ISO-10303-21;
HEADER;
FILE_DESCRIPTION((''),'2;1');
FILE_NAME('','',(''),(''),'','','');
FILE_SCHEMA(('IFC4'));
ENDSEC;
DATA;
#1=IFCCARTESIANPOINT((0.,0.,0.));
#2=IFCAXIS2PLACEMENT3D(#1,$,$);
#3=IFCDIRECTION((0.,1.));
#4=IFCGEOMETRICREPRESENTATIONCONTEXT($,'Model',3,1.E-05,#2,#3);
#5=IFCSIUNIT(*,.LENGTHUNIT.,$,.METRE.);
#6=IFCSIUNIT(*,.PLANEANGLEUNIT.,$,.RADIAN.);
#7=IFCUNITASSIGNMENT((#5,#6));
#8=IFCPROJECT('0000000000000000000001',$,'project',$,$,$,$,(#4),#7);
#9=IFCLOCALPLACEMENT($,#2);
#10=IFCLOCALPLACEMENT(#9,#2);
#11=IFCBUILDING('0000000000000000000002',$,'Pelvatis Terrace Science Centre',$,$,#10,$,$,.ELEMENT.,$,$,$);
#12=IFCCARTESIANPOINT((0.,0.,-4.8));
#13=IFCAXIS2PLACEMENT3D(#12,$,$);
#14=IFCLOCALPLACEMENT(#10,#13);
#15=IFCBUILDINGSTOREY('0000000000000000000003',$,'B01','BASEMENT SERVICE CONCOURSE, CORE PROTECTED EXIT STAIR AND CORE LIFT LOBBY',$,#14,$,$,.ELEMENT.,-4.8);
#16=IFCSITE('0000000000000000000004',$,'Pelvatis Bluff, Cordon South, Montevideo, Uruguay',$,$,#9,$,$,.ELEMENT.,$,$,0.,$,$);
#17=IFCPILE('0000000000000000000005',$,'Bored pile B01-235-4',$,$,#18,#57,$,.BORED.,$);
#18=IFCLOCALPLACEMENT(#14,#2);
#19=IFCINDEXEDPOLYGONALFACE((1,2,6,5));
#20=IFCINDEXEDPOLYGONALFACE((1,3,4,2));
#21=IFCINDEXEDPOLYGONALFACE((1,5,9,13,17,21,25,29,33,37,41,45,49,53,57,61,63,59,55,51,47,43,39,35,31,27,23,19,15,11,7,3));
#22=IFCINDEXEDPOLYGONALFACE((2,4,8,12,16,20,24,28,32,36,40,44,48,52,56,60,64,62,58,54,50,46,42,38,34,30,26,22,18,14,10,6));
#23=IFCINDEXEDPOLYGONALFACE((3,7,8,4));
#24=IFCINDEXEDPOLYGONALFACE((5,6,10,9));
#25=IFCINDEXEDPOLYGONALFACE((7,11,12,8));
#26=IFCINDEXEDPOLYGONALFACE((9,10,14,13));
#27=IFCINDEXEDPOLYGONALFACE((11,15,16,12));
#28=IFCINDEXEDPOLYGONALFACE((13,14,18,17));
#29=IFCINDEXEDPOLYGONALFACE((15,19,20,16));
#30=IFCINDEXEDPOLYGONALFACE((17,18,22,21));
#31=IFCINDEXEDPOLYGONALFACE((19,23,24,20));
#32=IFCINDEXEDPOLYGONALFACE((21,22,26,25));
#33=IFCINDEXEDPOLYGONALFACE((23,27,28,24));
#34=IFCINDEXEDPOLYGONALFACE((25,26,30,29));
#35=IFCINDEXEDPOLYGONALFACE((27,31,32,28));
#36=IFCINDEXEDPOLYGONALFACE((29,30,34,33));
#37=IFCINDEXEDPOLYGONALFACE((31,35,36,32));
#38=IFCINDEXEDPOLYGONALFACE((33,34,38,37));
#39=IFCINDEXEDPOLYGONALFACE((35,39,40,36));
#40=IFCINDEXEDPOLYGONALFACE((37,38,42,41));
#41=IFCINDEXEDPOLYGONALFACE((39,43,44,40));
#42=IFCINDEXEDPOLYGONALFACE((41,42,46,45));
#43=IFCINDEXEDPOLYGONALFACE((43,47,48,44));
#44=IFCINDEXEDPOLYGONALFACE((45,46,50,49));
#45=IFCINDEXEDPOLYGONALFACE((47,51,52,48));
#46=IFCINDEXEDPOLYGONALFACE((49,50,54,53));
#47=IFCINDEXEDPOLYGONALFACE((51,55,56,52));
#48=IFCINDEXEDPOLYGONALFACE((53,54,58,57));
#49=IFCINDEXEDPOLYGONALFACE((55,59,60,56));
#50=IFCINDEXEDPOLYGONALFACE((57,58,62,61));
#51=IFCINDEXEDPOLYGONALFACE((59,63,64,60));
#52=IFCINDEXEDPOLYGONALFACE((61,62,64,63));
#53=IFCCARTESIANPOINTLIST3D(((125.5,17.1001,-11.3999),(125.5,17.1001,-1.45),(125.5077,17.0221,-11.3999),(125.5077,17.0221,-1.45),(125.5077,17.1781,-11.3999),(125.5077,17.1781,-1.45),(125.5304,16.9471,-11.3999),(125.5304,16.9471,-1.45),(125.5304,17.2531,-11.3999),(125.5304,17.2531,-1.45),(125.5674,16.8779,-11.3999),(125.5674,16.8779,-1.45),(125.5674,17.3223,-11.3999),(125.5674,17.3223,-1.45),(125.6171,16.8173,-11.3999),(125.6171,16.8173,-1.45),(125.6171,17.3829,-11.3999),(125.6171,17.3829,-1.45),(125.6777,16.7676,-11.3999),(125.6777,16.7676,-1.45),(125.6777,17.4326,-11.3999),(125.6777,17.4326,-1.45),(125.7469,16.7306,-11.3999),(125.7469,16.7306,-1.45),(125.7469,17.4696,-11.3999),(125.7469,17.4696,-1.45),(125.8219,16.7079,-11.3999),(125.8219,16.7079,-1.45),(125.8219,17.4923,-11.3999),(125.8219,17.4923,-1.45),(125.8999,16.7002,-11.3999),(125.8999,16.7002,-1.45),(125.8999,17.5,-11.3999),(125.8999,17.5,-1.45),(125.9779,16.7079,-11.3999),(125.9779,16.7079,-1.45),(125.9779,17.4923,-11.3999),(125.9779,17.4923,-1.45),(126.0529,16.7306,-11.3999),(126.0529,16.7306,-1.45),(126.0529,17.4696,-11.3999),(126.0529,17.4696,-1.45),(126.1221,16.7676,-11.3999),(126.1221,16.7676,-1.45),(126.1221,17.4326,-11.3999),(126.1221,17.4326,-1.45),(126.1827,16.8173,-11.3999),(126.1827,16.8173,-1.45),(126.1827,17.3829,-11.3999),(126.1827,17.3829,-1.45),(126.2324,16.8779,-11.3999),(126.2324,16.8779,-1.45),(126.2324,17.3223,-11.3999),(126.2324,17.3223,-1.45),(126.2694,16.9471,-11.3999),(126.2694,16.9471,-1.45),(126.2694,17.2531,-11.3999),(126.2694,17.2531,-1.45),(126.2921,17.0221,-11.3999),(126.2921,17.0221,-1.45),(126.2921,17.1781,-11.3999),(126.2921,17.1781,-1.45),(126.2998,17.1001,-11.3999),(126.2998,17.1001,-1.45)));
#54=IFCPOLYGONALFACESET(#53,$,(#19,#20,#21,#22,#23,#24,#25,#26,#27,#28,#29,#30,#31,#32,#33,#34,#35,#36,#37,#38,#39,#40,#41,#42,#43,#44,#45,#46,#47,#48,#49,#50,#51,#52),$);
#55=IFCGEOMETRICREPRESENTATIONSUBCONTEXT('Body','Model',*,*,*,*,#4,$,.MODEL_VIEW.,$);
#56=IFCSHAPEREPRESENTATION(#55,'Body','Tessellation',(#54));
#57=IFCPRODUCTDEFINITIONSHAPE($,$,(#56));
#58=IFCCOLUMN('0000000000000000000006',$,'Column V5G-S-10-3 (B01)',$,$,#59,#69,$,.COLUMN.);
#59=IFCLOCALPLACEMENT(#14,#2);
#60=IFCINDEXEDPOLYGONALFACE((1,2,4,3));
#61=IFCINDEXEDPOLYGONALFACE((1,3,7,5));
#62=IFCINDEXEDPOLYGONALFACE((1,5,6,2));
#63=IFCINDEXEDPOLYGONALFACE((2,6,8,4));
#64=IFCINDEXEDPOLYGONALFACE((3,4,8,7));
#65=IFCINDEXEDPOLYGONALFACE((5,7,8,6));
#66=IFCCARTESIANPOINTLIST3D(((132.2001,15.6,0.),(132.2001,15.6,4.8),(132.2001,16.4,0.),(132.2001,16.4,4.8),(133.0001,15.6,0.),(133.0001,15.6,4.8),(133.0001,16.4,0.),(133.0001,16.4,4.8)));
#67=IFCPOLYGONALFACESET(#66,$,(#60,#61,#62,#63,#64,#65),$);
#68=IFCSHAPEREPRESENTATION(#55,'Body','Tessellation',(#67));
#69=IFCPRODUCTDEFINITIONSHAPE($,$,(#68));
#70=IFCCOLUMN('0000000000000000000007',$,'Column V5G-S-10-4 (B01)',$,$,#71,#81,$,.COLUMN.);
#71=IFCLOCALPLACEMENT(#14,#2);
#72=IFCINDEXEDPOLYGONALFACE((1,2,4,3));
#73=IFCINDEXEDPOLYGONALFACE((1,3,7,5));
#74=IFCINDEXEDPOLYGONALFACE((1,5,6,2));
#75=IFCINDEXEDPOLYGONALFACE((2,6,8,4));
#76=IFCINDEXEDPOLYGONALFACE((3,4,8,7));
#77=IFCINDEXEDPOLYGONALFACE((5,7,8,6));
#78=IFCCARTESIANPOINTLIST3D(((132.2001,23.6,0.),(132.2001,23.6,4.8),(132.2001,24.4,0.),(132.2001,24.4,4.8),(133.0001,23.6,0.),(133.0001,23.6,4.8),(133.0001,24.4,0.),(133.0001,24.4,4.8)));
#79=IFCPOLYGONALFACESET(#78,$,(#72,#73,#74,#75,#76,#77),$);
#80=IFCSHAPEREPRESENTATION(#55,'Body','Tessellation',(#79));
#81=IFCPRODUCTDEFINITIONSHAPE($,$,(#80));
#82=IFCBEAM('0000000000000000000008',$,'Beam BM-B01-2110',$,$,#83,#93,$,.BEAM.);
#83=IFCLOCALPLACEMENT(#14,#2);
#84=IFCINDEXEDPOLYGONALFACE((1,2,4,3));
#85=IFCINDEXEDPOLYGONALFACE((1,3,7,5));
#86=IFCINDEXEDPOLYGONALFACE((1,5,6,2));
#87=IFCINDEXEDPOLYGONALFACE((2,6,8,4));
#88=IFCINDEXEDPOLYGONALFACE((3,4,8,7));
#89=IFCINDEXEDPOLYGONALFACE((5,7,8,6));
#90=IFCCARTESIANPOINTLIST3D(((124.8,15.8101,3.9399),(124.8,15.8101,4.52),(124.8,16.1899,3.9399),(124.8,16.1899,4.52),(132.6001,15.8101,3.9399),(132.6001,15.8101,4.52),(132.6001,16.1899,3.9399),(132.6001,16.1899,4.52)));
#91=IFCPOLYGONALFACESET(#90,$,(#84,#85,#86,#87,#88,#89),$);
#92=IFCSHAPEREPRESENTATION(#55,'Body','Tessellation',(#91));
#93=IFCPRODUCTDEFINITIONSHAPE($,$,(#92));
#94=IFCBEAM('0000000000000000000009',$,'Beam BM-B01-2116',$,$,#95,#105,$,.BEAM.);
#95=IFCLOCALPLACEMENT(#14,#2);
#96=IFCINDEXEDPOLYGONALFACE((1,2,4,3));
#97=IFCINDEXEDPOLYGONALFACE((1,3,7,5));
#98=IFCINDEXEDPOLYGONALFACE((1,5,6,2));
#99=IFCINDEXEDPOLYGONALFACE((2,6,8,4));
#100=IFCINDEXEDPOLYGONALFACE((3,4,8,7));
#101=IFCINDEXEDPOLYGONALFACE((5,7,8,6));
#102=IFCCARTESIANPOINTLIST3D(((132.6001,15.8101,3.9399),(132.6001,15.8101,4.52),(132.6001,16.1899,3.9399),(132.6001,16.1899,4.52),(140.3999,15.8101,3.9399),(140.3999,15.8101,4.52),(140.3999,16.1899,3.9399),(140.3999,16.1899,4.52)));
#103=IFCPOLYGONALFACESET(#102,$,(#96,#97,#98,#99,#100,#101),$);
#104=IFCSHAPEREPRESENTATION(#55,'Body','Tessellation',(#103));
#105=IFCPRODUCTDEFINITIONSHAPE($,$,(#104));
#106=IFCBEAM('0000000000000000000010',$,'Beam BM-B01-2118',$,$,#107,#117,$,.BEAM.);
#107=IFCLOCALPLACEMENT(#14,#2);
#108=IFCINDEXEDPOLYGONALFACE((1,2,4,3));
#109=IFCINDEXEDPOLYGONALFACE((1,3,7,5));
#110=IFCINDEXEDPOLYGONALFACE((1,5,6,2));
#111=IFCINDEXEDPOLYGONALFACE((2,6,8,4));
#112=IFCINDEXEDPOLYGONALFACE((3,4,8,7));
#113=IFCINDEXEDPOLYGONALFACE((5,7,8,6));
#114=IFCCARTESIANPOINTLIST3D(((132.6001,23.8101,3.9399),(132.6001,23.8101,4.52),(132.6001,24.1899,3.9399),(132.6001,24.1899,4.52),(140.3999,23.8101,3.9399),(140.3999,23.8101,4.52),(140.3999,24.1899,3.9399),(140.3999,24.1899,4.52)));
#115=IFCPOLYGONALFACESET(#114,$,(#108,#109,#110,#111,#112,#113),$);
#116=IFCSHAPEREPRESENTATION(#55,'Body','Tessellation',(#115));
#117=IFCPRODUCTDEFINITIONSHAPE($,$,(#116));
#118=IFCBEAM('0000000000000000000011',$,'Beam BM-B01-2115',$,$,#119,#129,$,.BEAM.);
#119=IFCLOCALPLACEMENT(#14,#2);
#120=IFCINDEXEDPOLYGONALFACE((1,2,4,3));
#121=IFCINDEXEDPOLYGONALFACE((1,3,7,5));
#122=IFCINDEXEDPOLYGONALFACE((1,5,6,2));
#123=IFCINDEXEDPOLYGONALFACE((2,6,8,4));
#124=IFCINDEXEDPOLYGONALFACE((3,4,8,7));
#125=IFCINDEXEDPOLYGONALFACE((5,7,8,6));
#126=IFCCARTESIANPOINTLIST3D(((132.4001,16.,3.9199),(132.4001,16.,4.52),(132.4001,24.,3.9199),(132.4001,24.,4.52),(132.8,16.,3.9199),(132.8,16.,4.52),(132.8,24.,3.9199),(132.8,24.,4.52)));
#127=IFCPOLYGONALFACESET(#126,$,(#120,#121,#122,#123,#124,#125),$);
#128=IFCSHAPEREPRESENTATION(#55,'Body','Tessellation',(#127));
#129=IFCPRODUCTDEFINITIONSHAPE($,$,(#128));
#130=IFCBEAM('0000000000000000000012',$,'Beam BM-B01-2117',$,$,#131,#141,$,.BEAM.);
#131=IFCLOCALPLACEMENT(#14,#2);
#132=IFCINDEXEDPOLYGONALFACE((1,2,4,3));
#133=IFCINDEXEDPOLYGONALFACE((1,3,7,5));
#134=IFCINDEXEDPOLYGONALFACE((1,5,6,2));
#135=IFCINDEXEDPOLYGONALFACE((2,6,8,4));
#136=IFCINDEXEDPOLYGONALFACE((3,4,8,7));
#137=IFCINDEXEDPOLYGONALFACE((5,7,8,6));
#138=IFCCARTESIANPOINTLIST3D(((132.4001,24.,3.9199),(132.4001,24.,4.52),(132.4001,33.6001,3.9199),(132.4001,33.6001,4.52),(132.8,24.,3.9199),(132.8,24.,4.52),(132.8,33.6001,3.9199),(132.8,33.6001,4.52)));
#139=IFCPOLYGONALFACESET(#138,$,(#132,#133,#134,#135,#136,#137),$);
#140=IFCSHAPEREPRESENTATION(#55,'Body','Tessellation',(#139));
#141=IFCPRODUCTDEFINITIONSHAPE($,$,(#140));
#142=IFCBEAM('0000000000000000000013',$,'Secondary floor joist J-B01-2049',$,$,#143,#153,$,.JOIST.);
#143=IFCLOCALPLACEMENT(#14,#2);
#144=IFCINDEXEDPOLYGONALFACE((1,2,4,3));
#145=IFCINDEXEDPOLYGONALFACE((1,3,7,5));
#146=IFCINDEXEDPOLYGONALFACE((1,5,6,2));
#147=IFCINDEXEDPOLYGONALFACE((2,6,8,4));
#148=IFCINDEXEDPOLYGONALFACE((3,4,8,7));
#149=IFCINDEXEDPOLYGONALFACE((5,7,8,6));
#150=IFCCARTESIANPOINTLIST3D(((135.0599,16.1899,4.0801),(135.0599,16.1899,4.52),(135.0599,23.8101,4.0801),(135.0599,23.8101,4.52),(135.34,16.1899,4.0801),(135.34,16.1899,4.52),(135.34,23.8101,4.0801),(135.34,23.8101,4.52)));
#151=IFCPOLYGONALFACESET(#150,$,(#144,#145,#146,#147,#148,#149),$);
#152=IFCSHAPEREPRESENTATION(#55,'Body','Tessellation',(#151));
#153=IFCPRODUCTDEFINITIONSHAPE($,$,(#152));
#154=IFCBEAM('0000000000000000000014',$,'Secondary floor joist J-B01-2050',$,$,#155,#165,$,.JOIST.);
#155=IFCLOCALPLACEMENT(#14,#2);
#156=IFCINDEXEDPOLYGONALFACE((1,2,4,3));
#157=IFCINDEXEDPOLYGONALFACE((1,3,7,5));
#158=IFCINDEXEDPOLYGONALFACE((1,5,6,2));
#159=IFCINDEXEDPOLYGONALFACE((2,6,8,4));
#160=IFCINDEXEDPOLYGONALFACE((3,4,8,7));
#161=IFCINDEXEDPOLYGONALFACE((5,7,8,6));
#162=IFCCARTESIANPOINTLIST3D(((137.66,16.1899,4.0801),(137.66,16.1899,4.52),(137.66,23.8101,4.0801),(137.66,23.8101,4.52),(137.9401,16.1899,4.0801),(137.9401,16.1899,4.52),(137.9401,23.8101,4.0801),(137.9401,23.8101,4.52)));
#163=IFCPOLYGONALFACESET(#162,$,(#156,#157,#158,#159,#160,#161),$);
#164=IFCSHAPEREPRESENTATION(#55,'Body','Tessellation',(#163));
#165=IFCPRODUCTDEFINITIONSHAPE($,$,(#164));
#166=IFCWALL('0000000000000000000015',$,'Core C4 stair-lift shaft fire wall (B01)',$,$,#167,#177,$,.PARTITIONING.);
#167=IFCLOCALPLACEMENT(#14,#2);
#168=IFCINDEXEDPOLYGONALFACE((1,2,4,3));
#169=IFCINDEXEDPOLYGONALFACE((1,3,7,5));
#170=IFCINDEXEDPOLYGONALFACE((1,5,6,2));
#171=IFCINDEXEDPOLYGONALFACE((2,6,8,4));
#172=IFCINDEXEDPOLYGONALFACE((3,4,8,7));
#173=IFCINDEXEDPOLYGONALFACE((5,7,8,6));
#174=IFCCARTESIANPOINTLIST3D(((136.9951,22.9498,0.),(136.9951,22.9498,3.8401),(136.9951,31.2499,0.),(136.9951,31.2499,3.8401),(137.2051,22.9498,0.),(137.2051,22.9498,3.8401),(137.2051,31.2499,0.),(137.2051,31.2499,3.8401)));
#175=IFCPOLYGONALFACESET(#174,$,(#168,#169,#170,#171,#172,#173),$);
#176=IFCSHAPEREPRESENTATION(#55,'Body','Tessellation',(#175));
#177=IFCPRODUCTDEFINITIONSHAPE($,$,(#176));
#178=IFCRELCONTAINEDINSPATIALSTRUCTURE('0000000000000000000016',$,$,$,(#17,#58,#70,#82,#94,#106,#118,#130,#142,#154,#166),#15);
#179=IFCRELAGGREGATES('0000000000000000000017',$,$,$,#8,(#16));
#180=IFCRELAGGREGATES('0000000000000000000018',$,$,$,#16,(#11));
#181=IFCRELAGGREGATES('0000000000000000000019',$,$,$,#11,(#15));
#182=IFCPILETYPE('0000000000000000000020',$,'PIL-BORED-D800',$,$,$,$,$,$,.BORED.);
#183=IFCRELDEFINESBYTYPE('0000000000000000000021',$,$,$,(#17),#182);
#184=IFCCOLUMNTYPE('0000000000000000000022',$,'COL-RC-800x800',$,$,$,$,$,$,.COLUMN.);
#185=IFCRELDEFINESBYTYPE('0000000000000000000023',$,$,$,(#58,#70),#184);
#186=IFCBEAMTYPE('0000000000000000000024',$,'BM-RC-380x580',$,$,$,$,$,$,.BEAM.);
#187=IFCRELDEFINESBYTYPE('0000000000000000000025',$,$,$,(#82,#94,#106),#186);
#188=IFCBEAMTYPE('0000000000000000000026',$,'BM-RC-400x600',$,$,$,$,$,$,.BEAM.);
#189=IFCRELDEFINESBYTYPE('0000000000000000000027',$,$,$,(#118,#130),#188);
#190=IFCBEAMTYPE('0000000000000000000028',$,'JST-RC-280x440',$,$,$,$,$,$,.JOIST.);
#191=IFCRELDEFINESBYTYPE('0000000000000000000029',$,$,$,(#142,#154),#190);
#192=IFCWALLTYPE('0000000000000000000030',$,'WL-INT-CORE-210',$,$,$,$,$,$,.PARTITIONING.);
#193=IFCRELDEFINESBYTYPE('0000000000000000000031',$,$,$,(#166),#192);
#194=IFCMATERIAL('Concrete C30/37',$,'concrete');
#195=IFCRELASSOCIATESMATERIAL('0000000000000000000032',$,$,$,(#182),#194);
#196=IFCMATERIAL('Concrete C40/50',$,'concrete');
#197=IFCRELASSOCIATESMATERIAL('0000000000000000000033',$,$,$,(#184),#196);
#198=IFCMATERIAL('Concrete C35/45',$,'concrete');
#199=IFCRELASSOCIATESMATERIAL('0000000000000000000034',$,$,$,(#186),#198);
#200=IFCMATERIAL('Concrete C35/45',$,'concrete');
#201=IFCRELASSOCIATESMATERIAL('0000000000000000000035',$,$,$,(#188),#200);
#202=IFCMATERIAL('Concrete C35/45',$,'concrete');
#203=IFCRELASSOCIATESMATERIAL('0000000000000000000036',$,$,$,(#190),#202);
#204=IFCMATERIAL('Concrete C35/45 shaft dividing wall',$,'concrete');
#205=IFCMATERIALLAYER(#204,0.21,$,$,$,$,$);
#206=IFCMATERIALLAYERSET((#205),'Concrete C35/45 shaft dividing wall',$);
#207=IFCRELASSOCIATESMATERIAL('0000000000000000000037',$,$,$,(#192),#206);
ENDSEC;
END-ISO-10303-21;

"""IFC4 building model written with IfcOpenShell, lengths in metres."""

from ifc_helpers import new_model, si_unit, direction, frame, frame_2d, origin, origin_2d, place, context, subcontext, project, spatial, rectangle, circle, extrude, material, layer, layer_set, material_profile, profile_set, type_object, element, save


model = new_model("IFC4")

# Units and contexts
model_context = context("Model", 3, precision=1e-05, world=origin(), true_north=direction((0.0, 1.0)))
body_context = subcontext(model_context, "Body", "Model", "MODEL_VIEW")
ifc_project = project(units=[si_unit("LENGTHUNIT", "METRE"), si_unit("PLANEANGLEUNIT", "RADIAN")], contexts=[model_context])

# Site, building, storey
site_placement = place(None, origin())
site = spatial("IfcSite", under=ifc_project, at=site_placement, Name="Pelvatis Bluff, Cordon South, Montevideo, Uruguay", CompositionType="ELEMENT", RefElevation=0.0)
building_placement = place(site_placement, origin())
building = spatial("IfcBuilding", under=site, at=building_placement, Name="Pelvatis Terrace Science Centre", CompositionType="ELEMENT")
storey_placement = place(building_placement, frame((0.0, 0.0, -4.8)))
storey = spatial("IfcBuildingStorey", under=building, at=storey_placement, Name="B01", Description="BASEMENT SERVICE CONCOURSE, CORE PROTECTED EXIT STAIR AND CORE LIFT LOBBY", CompositionType="ELEMENT", Elevation=-4.8)

# Pile
ifc_material_1 = material(Name="Concrete C30/37", Category="concrete")
ifc_material_profile_1 = material_profile(ifc_material_1, circle(Radius=0.3999, at=origin_2d()), Name="PILE D800")
ifc_profile_set_1 = profile_set([ifc_material_profile_1], Name="Concrete C30/37")
pile_type = type_object("IfcPileType", Name="PIL-BORED-D800", PredefinedType="BORED", material=ifc_profile_set_1)
for number, where, z_axis, x_axis, name in (
    (1, (125.8999, 17.1001, -1.45), (0.0, 0.0, -1.0), (1.0, 0.0, 0.0), "Bored pile B01-235-4"),
):
    element("IfcPile", number, at=place(storey_placement, frame(where, z_axis=z_axis, x_axis=x_axis)), inside=storey, type_object=pile_type, Name=name, PredefinedType="BORED", context=body_context, shape_type="SweptSolid", body=[
        extrude(circle(Radius=0.3999, at=origin_2d()), origin(), (0.0, 0.0, 1.0), 9.95),
    ])

# Columns
ifc_material_2 = material(Name="Concrete C40/50", Category="concrete")
ifc_material_profile_2 = material_profile(ifc_material_2, rectangle(XDim=0.8, YDim=0.8, at=origin_2d()), Name="RC-COL 800x800")
ifc_profile_set_2 = profile_set([ifc_material_profile_2], Name="Concrete C40/50")
column_type = type_object("IfcColumnType", Name="COL-RC-800x800", PredefinedType="COLUMN", material=ifc_profile_set_2)
for number, where, z_axis, x_axis, name in (
    (2, (132.6001, 16.0, 0.0), (0.0, 0.0, 1.0), (1.0, 0.0, 0.0), "Column V5G-S-10-3 (B01)"),
    (3, (132.6001, 24.0, 0.0), (0.0, 0.0, 1.0), (1.0, 0.0, 0.0), "Column V5G-S-10-4 (B01)"),
):
    element("IfcColumn", number, at=place(storey_placement, frame(where, z_axis=z_axis, x_axis=x_axis)), inside=storey, type_object=column_type, Name=name, PredefinedType="COLUMN", context=body_context, shape_type="SweptSolid", body=[
        extrude(rectangle(XDim=0.8, YDim=0.8, at=origin_2d()), origin(), (0.0, 0.0, 1.0), 4.8),
    ])

# Beams
ifc_material_3 = material(Name="Concrete C35/45", Category="concrete")
ifc_material_profile_3 = material_profile(ifc_material_3, rectangle(XDim=0.3799, YDim=0.5801, at=origin_2d()), Name="RC-BM 380x580")
ifc_profile_set_3 = profile_set([ifc_material_profile_3], Name="Concrete C35/45")
beam_type_1 = type_object("IfcBeamType", Name="BM-RC-380x580", PredefinedType="BEAM", material=ifc_profile_set_3)
beam_1_placement = place(storey_placement, frame((124.8, 16.0, 4.23), z_axis=(1.0, 0.0, 0.0), x_axis=(0.0, 1.0, 0.0)))
element("IfcBeam", 4, at=beam_1_placement, inside=storey, type_object=beam_type_1, Name="Beam BM-B01-2110", PredefinedType="BEAM", context=body_context, shape_type="SweptSolid", body=[
    extrude(rectangle(XDim=0.3799, YDim=0.5801, at=origin_2d()), origin(), (0.0, 0.0, 1.0), 7.8),
])
for number, where, z_axis, x_axis, name in (
    (5, (132.6001, 16.0, 4.23), (1.0, 0.0, 0.0), (0.0, 1.0, 0.0), "Beam BM-B01-2116"),
    (6, (132.6001, 24.0, 4.23), (1.0, 0.0, 0.0), (0.0, 1.0, 0.0), "Beam BM-B01-2118"),
):
    element("IfcBeam", number, at=place(storey_placement, frame(where, z_axis=z_axis, x_axis=x_axis)), inside=storey, type_object=beam_type_1, Name=name, PredefinedType="BEAM", context=body_context, shape_type="SweptSolid", body=[
        extrude(rectangle(XDim=0.3799, YDim=0.5801, at=origin_2d()), origin(), (0.0, 0.0, 1.0), 7.7998),
    ])
ifc_material_4 = material(Name="Concrete C35/45", Category="concrete")
ifc_material_profile_4 = material_profile(ifc_material_4, rectangle(XDim=0.3999, YDim=0.6001, at=origin_2d()), Name="RC-BM 400x600")
ifc_profile_set_4 = profile_set([ifc_material_profile_4], Name="Concrete C35/45")
beam_type_2 = type_object("IfcBeamType", Name="BM-RC-400x600", PredefinedType="BEAM", material=ifc_profile_set_4)
beam_2_placement = place(storey_placement, frame((132.6001, 16.0, 4.22), z_axis=(0.0, 1.0, 0.0), x_axis=(-1.0, 0.0, 0.0)))
element("IfcBeam", 7, at=beam_2_placement, inside=storey, type_object=beam_type_2, Name="Beam BM-B01-2115", PredefinedType="BEAM", context=body_context, shape_type="SweptSolid", body=[
    extrude(rectangle(XDim=0.3999, YDim=0.6001, at=origin_2d()), origin(), (0.0, 0.0, 1.0), 8.0),
])
beam_3_placement = place(storey_placement, frame((132.6001, 24.0, 4.22), z_axis=(0.0, 1.0, 0.0), x_axis=(-1.0, 0.0, 0.0)))
element("IfcBeam", 8, at=beam_3_placement, inside=storey, type_object=beam_type_2, Name="Beam BM-B01-2117", PredefinedType="BEAM", context=body_context, shape_type="SweptSolid", body=[
    extrude(rectangle(XDim=0.3999, YDim=0.6001, at=origin_2d()), origin(), (0.0, 0.0, 1.0), 9.6001),
])
ifc_material_5 = material(Name="Concrete C35/45", Category="concrete")
ifc_material_profile_5 = material_profile(ifc_material_5, rectangle(XDim=0.28, YDim=0.4399, at=origin_2d()), Name="RC-JST 280x440")
ifc_profile_set_5 = profile_set([ifc_material_profile_5], Name="Concrete C35/45")
beam_type_3 = type_object("IfcBeamType", Name="JST-RC-280x440", PredefinedType="JOIST", material=ifc_profile_set_5)
for number, where, z_axis, x_axis, name in (
    (9, (135.2, 16.1899, 4.3), (0.0, 1.0, 0.0), (-1.0, 0.0, 0.0), "Secondary floor joist J-B01-2049"),
    (10, (137.8, 16.1899, 4.3), (0.0, 1.0, 0.0), (-1.0, 0.0, 0.0), "Secondary floor joist J-B01-2050"),
):
    element("IfcBeam", number, at=place(storey_placement, frame(where, z_axis=z_axis, x_axis=x_axis)), inside=storey, type_object=beam_type_3, Name=name, PredefinedType="JOIST", context=body_context, shape_type="SweptSolid", body=[
        extrude(rectangle(XDim=0.28, YDim=0.4399, at=origin_2d()), origin(), (0.0, 0.0, 1.0), 7.6201),
    ])

# Wall
ifc_material_6 = material(Name="Concrete C35/45 shaft dividing wall", Category="concrete")
ifc_layer_1 = layer(ifc_material_6, 0.21)
ifc_layer_set_1 = layer_set([ifc_layer_1], Name="Concrete C35/45 shaft dividing wall")
wall_type_1 = type_object("IfcWallType", Name="WL-INT-CORE-210", PredefinedType="PARTITIONING", material=ifc_layer_set_1)
wall_1_placement = place(storey_placement, frame((137.1001, 22.95, 0.0), z_axis=(0.0, 0.0, 1.0), x_axis=(0.0, 1.0, 0.0)))
element("IfcWall", 11, at=wall_1_placement, inside=storey, type_object=wall_type_1, Name="Core C4 stair-lift shaft fire wall (B01)", PredefinedType="PARTITIONING", context=body_context, shape_type="SweptSolid", body=[
    extrude(rectangle(XDim=8.3, YDim=0.21, at=frame_2d((4.1499, 0.0))), origin(), (0.0, 0.0, 1.0), 3.8401),
])

save(model, "model.ifc")
